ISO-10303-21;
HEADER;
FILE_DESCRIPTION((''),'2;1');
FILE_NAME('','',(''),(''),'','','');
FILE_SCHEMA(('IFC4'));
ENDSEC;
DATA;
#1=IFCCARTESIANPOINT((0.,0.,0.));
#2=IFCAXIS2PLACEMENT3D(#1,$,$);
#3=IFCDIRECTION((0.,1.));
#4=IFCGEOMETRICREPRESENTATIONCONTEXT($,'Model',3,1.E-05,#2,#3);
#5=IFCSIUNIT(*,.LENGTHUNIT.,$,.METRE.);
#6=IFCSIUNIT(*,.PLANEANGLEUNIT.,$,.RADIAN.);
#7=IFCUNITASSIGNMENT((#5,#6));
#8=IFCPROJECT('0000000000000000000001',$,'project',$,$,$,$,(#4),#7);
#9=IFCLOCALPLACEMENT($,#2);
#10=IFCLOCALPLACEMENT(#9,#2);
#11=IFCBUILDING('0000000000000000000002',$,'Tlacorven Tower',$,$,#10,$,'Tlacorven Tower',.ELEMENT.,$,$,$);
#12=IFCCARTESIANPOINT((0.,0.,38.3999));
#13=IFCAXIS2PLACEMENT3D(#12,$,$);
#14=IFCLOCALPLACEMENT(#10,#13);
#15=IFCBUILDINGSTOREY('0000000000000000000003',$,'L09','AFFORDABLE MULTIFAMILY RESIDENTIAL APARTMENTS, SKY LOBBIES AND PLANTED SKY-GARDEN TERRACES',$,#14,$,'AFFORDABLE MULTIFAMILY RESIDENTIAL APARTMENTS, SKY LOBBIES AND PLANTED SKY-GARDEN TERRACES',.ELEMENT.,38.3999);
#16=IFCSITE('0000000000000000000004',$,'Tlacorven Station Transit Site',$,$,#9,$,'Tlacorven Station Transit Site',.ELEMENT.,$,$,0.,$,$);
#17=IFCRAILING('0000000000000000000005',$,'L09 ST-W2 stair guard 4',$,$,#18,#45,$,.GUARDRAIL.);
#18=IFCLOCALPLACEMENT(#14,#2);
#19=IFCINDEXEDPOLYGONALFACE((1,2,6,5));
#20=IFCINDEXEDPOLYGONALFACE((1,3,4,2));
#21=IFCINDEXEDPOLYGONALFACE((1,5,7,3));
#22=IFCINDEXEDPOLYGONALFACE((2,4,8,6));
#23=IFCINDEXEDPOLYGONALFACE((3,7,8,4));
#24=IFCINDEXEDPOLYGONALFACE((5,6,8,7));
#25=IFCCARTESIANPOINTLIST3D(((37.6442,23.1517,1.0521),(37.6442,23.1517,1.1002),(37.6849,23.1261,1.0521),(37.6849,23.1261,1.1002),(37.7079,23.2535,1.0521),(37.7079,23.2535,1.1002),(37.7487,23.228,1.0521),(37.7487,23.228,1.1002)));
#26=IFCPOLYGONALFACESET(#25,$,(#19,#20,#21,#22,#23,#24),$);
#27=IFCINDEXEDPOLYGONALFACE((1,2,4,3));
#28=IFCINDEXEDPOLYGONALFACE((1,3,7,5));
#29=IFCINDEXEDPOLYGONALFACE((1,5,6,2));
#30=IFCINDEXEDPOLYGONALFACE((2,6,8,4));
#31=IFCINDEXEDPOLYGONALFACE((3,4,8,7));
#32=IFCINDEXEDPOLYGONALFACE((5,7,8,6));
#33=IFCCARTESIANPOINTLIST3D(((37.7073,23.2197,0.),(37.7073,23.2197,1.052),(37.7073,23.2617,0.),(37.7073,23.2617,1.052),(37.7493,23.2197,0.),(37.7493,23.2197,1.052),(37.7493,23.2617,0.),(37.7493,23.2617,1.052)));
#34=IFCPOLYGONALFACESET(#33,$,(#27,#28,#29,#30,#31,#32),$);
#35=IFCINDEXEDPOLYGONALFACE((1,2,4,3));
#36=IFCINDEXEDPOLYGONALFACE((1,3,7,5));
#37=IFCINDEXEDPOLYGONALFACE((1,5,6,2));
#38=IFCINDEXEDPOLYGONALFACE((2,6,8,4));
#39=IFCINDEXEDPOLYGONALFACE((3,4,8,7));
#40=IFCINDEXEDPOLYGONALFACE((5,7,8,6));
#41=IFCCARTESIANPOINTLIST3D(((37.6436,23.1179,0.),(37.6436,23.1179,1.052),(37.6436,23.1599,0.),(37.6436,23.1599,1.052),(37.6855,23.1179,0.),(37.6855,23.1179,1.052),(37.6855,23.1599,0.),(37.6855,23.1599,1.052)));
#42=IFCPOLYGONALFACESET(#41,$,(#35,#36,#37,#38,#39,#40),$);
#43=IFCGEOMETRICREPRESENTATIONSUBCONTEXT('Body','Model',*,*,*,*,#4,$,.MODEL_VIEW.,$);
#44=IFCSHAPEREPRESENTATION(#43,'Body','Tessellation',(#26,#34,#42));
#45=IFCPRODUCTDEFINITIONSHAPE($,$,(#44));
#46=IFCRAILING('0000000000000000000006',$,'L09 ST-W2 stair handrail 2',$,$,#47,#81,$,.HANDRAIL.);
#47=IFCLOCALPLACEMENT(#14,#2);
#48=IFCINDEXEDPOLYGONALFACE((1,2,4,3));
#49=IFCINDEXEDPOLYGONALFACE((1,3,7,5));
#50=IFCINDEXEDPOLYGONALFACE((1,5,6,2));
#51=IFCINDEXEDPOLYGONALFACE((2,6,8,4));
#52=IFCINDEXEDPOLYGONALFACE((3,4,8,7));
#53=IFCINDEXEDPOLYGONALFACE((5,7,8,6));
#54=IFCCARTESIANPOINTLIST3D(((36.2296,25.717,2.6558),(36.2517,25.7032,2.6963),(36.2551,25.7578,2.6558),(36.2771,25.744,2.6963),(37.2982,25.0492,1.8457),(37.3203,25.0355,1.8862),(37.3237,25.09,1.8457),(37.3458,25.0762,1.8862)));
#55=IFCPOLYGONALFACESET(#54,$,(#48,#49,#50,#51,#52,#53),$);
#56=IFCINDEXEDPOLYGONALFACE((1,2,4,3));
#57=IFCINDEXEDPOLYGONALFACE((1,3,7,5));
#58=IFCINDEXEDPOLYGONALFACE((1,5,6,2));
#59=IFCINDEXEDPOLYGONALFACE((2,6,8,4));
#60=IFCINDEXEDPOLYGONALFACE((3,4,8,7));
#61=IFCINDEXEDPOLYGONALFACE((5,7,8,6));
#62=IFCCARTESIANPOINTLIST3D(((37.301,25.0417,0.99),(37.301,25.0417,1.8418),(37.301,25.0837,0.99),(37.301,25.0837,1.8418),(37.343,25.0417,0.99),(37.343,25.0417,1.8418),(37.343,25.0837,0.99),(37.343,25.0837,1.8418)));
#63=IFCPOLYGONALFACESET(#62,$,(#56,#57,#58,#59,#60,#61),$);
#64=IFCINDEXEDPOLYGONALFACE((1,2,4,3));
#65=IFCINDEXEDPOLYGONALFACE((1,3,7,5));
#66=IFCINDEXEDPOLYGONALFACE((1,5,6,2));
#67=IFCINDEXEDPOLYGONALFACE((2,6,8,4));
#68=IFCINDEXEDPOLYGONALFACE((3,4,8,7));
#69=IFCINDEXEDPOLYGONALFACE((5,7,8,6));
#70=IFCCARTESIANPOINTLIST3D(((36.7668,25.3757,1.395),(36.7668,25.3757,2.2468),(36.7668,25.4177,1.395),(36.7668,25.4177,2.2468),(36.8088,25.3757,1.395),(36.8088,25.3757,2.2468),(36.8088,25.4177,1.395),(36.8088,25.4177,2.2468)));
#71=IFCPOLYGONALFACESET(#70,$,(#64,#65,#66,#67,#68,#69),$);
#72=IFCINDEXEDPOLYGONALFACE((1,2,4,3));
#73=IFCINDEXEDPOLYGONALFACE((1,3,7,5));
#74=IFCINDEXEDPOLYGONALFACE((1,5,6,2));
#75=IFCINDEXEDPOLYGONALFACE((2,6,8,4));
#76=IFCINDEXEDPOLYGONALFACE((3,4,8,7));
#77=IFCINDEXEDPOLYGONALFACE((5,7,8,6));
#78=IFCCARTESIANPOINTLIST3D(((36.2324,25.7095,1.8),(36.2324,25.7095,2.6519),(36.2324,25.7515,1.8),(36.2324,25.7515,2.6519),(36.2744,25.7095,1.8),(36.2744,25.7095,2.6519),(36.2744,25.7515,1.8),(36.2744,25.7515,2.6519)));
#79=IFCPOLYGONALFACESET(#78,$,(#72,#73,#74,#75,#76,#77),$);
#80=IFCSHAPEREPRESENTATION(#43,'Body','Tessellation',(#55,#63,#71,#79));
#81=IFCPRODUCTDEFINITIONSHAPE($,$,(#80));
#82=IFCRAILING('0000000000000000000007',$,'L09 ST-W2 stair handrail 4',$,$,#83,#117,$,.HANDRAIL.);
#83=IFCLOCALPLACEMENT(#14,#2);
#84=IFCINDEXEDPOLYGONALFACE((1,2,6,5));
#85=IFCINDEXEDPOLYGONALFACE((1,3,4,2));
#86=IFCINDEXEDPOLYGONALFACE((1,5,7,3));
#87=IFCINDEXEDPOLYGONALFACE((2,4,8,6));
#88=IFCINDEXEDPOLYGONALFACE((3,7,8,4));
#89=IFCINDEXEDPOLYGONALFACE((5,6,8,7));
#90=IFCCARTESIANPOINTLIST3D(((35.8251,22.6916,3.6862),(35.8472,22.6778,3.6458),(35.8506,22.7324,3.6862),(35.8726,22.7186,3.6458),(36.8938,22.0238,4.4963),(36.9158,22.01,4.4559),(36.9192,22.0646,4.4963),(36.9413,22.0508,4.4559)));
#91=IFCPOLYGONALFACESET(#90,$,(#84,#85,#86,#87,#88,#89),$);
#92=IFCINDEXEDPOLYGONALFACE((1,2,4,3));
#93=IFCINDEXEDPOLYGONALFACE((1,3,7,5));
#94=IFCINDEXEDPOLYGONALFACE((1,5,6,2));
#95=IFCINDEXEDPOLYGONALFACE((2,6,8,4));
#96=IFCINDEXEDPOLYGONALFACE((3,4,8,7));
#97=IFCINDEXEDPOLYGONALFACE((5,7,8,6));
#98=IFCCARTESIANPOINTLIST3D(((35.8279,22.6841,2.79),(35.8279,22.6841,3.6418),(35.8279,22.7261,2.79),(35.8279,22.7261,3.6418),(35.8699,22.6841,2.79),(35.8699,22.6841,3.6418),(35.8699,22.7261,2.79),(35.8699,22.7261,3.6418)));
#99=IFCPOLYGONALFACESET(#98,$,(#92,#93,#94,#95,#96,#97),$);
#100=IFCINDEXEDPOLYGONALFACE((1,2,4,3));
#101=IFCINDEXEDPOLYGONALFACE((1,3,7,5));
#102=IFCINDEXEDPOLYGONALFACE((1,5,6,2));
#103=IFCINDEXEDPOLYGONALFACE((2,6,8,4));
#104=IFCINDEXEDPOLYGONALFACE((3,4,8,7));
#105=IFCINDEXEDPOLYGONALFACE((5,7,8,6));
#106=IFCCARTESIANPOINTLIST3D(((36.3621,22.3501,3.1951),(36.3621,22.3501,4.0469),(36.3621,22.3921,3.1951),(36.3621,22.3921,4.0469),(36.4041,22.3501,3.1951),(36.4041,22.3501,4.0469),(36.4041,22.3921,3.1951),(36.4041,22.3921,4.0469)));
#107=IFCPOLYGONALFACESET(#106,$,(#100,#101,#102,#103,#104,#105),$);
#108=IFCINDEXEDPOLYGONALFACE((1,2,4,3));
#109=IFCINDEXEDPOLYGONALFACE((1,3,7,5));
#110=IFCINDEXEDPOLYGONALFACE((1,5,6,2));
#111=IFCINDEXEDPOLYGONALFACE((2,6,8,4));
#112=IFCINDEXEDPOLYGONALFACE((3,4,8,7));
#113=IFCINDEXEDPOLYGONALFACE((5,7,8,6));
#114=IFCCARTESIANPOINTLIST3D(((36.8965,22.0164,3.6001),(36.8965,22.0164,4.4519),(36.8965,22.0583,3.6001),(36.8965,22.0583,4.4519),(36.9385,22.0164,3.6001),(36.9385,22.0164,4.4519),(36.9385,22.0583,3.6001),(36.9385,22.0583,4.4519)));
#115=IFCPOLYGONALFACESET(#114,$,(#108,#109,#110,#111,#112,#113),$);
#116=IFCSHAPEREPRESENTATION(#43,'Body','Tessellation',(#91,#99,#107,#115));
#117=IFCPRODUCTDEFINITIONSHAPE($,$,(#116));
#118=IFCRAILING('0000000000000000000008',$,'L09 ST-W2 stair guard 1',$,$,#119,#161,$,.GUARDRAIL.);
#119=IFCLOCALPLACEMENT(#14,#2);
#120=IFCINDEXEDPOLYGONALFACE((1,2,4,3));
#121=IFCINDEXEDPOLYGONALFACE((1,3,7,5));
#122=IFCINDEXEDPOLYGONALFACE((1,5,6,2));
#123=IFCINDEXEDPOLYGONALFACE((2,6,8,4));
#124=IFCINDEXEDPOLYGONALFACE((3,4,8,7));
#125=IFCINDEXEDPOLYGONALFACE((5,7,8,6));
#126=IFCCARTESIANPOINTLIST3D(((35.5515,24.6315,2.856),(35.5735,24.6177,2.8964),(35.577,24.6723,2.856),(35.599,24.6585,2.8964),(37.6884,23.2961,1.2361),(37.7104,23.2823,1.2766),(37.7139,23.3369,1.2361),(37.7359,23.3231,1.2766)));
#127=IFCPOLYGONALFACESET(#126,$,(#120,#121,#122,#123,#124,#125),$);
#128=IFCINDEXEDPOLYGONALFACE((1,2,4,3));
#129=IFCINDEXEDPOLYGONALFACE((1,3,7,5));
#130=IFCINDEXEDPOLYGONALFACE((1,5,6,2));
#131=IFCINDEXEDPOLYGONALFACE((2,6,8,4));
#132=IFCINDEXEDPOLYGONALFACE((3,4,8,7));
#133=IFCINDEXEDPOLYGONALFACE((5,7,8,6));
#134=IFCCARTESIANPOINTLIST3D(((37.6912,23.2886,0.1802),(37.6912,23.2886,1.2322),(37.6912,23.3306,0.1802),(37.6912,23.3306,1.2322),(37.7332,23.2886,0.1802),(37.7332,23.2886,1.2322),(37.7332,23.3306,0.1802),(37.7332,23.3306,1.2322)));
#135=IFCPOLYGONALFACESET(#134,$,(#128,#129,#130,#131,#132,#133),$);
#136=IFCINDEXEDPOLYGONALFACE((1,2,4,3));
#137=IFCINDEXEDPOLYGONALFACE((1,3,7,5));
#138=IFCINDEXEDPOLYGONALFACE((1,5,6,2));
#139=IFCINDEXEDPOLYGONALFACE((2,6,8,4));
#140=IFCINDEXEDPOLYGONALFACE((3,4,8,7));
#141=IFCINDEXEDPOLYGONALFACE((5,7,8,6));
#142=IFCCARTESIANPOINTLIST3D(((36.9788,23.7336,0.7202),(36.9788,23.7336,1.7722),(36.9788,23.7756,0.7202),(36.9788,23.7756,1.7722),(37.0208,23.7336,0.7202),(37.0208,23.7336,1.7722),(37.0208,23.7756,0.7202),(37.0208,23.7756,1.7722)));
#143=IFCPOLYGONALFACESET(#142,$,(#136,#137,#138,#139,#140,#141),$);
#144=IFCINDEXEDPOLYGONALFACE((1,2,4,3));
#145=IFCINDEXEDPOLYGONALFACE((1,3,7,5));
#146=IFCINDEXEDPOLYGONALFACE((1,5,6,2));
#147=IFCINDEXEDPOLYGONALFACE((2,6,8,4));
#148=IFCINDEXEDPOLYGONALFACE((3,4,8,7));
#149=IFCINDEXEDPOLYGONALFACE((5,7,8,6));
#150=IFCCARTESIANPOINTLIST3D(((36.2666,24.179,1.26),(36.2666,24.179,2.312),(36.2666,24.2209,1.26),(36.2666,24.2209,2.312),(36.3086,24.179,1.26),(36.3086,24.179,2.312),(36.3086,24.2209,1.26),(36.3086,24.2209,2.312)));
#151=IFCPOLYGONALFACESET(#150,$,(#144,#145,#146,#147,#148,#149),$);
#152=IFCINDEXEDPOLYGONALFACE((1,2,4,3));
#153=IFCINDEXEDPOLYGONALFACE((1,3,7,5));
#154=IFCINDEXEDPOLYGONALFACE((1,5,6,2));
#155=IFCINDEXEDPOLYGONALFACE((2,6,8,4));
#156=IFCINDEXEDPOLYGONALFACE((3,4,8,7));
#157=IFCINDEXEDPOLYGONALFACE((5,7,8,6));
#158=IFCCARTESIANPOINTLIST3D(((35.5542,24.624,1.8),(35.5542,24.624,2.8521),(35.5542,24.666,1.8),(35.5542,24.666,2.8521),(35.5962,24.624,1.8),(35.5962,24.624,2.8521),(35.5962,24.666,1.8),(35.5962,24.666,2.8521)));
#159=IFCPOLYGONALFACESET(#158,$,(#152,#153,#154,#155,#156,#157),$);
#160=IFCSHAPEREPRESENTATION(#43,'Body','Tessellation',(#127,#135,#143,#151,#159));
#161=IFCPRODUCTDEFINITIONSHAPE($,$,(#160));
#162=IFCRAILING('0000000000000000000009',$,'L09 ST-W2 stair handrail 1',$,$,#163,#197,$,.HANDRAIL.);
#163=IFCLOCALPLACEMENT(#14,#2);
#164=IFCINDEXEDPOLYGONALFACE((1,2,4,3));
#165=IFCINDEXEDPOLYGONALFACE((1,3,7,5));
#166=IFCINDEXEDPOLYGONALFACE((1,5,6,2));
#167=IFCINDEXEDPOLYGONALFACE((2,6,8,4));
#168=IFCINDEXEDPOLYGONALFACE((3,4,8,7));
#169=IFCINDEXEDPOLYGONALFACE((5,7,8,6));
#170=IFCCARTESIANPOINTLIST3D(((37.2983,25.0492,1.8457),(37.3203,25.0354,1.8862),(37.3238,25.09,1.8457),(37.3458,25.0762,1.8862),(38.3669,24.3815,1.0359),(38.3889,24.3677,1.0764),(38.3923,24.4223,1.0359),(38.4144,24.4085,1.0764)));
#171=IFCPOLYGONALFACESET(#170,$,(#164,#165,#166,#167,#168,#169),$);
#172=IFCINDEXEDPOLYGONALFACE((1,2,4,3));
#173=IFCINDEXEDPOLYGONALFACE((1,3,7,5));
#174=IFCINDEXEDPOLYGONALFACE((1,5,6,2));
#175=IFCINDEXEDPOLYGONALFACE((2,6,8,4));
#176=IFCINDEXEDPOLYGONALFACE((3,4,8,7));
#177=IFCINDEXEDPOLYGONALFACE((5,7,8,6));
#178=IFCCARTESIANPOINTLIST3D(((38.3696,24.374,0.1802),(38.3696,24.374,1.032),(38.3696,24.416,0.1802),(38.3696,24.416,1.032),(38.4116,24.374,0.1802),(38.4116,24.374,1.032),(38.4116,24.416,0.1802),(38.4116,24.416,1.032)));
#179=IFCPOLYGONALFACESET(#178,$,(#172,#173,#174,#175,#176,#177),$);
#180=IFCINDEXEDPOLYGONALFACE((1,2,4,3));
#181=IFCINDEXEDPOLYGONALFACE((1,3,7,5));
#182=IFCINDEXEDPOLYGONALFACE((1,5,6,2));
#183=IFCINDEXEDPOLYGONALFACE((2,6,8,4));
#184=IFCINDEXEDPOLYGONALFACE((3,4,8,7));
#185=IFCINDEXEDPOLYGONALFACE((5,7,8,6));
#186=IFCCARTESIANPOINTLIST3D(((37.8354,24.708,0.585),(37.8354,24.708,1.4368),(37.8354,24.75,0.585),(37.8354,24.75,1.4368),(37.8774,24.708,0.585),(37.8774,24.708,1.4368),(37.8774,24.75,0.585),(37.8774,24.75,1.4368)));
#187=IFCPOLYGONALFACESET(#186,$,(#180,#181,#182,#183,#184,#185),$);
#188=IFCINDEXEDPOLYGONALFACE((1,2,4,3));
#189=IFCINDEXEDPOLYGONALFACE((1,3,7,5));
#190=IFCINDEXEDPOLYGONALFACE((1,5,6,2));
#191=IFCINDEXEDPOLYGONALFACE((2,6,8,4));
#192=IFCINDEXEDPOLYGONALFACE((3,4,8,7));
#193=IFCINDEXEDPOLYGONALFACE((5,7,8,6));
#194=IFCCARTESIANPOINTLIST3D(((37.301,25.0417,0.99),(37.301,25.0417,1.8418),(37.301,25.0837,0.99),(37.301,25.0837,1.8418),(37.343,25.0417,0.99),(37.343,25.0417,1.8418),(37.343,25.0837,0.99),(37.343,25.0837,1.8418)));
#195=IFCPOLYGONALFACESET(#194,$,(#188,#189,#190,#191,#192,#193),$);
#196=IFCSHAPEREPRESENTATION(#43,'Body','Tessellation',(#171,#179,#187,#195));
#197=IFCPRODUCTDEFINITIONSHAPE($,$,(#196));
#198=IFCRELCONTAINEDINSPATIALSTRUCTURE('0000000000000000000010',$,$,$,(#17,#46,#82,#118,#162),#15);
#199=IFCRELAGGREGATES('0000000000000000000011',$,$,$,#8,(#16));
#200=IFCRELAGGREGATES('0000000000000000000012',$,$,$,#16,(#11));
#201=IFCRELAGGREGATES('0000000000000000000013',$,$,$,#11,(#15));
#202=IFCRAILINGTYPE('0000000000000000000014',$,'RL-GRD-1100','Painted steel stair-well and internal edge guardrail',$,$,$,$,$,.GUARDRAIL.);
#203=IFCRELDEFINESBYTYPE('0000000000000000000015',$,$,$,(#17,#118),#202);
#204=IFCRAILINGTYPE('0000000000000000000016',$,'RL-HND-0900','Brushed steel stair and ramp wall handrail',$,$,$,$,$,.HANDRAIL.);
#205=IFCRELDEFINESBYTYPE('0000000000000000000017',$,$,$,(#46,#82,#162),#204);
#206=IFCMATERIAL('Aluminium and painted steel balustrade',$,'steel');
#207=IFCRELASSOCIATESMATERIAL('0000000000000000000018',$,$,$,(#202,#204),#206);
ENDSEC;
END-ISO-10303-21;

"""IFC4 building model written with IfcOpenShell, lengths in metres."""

from ifc_helpers import new_model, si_unit, direction, frame, origin, origin_2d, place, context, subcontext, project, spatial, rectangle, extrude, source, transform, mapped, material, type_object, element, save


model = new_model("IFC4")

# Units and contexts
model_context = context("Model", 3, precision=1e-05, world=origin(), true_north=direction((0.0, 1.0)))
body_context = subcontext(model_context, "Body", "Model", "MODEL_VIEW")
ifc_project = project(units=[si_unit("LENGTHUNIT", "METRE"), si_unit("PLANEANGLEUNIT", "RADIAN")], contexts=[model_context])

# Site, building, storey
site_placement = place(None, origin())
site = spatial("IfcSite", under=ifc_project, at=site_placement, Name="Tlacorven Station Transit Site", LongName="Tlacorven Station Transit Site", CompositionType="ELEMENT", RefElevation=0.0)
building_placement = place(site_placement, origin())
building = spatial("IfcBuilding", under=site, at=building_placement, Name="Tlacorven Tower", LongName="Tlacorven Tower", CompositionType="ELEMENT")
storey_placement = place(building_placement, frame((0.0, 0.0, 38.3999)))
storey = spatial("IfcBuildingStorey", under=building, at=storey_placement, Name="L09", Description="AFFORDABLE MULTIFAMILY RESIDENTIAL APARTMENTS, SKY LOBBIES AND PLANTED SKY-GARDEN TERRACES", LongName="AFFORDABLE MULTIFAMILY RESIDENTIAL APARTMENTS, SKY LOBBIES AND PLANTED SKY-GARDEN TERRACES", CompositionType="ELEMENT", Elevation=38.3999)

# Railings
ifc_material_1 = material(Name="Aluminium and painted steel balustrade", Category="steel")
railing_type_1 = type_object("IfcRailingType", Name="RL-GRD-1100", Description="Painted steel stair-well and internal edge guardrail", PredefinedType="GUARDRAIL", material=ifc_material_1)
shared_shape_1 = source(origin(), body_context, "Body", "SweptSolid", [
    extrude(rectangle(XDim=0.0481, YDim=0.0481, at=origin_2d()), frame((0.0, 0.0, 1.0762), z_axis=(-0.530547, -0.847656, 0.0), x_axis=(0.847656, -0.530547, 0.0)), (0.0, 0.0, 1.0), 0.1201),
    extrude(rectangle(XDim=0.042, YDim=0.042, at=origin_2d()), origin(), (0.0, 0.0, 1.0), 1.052),
    extrude(rectangle(XDim=0.042, YDim=0.042, at=origin_2d()), frame((-0.0637, -0.1018, 0.0)), (0.0, 0.0, 1.0), 1.052),
])
railing_1_placement = place(storey_placement, frame((37.7283, 23.2407, 0.0)))
element("IfcRailing", 1, at=railing_1_placement, inside=storey, type_object=railing_type_1, Name="L09 ST-W2 stair guard 4", PredefinedType="GUARDRAIL", context=body_context, shape_type="MappedRepresentation", body=[
    mapped(shared_shape_1, transform((0.0, 0.0, 0.0), scale=1.0)),
])
railing_type_2 = type_object("IfcRailingType", Name="RL-HND-0900", Description="Brushed steel stair and ramp wall handrail", PredefinedType="HANDRAIL", material=ifc_material_1)
shared_shape_2 = source(origin(), body_context, "Body", "SweptSolid", [
    extrude(rectangle(XDim=0.0481, YDim=0.0481, at=origin_2d()), frame((0.0, 0.0, 0.876), z_axis=(-0.71336, 0.445748, 0.540765), x_axis=(-0.529912, -0.848053, 0.0)), (0.0, 0.0, 1.0), 1.498),
    extrude(rectangle(XDim=0.042, YDim=0.042, at=origin_2d()), origin(), (0.0, 0.0, 1.0), 0.8518),
    extrude(rectangle(XDim=0.042, YDim=0.042, at=origin_2d()), frame((-0.5342, 0.334, 0.405)), (0.0, 0.0, 1.0), 0.8518),
    extrude(rectangle(XDim=0.042, YDim=0.042, at=origin_2d()), frame((-1.0686, 0.6677, 0.8101)), (0.0, 0.0, 1.0), 0.8518),
])
railing_2_placement = place(storey_placement, frame((37.322, 25.0627, 0.99)))
element("IfcRailing", 2, at=railing_2_placement, inside=storey, type_object=railing_type_2, Name="L09 ST-W2 stair handrail 2", PredefinedType="HANDRAIL", context=body_context, shape_type="MappedRepresentation", body=[
    mapped(shared_shape_2, transform((0.0, 0.0, 0.0), scale=1.0)),
])
shared_shape_3 = source(origin(), body_context, "Body", "SweptSolid", [
    extrude(rectangle(XDim=0.0481, YDim=0.0481, at=origin_2d()), frame((0.0, 0.0, 0.876), z_axis=(0.71336, -0.445748, 0.540765), x_axis=(0.529912, 0.848053, 0.0)), (0.0, 0.0, 1.0), 1.498),
    extrude(rectangle(XDim=0.042, YDim=0.042, at=origin_2d()), origin(), (0.0, 0.0, 1.0), 0.8518),
    extrude(rectangle(XDim=0.042, YDim=0.042, at=origin_2d()), frame((0.5342, -0.334, 0.405)), (0.0, 0.0, 1.0), 0.8518),
    extrude(rectangle(XDim=0.042, YDim=0.042, at=origin_2d()), frame((1.0686, -0.6677, 0.8101)), (0.0, 0.0, 1.0), 0.8518),
])
railing_3_placement = place(storey_placement, frame((35.8489, 22.7051, 2.79)))
element("IfcRailing", 3, at=railing_3_placement, inside=storey, type_object=railing_type_2, Name="L09 ST-W2 stair handrail 4", PredefinedType="HANDRAIL", context=body_context, shape_type="MappedRepresentation", body=[
    mapped(shared_shape_3, transform((0.0, 0.0, 0.0), scale=1.0)),
])
shared_shape_4 = source(origin(), body_context, "Body", "SweptSolid", [
    extrude(rectangle(XDim=0.0481, YDim=0.0481, at=origin_2d()), frame((0.0, 0.0, 1.0762), z_axis=(-0.713351, 0.445794, 0.540739), x_axis=(-0.529955, -0.848026, 0.0)), (0.0, 0.0, 1.0), 2.9956),
    extrude(rectangle(XDim=0.042, YDim=0.042, at=origin_2d()), origin(), (0.0, 0.0, 1.0), 1.052),
    extrude(rectangle(XDim=0.042, YDim=0.042, at=origin_2d()), frame((-0.7124, 0.4451, 0.54)), (0.0, 0.0, 1.0), 1.052),
    extrude(rectangle(XDim=0.042, YDim=0.042, at=origin_2d()), frame((-1.4246, 0.8904, 1.0798)), (0.0, 0.0, 1.0), 1.052),
    extrude(rectangle(XDim=0.042, YDim=0.042, at=origin_2d()), frame((-2.137, 1.3354, 1.6199)), (0.0, 0.0, 1.0), 1.052),
])
railing_4_placement = place(storey_placement, frame((37.7122, 23.3096, 0.1802)))
element("IfcRailing", 4, at=railing_4_placement, inside=storey, type_object=railing_type_1, Name="L09 ST-W2 stair guard 1", PredefinedType="GUARDRAIL", context=body_context, shape_type="MappedRepresentation", body=[
    mapped(shared_shape_4, transform((0.0, 0.0, 0.0), scale=1.0)),
])
shared_shape_5 = source(origin(), body_context, "Body", "SweptSolid", [
    extrude(rectangle(XDim=0.0481, YDim=0.0481, at=origin_2d()), frame((0.0, 0.0, 0.876), z_axis=(-0.713423, 0.445787, 0.540649), x_axis=(-0.529912, -0.848053, 0.0)), (0.0, 0.0, 1.0), 1.4978),
    extrude(rectangle(XDim=0.042, YDim=0.042, at=origin_2d()), origin(), (0.0, 0.0, 1.0), 0.8518),
    extrude(rectangle(XDim=0.042, YDim=0.042, at=origin_2d()), frame((-0.5342, 0.334, 0.4048)), (0.0, 0.0, 1.0), 0.8518),
    extrude(rectangle(XDim=0.042, YDim=0.042, at=origin_2d()), frame((-1.0686, 0.6677, 0.8098)), (0.0, 0.0, 1.0), 0.8518),
])
railing_5_placement = place(storey_placement, frame((38.3906, 24.395, 0.1802)))
element("IfcRailing", 5, at=railing_5_placement, inside=storey, type_object=railing_type_2, Name="L09 ST-W2 stair handrail 1", PredefinedType="HANDRAIL", context=body_context, shape_type="MappedRepresentation", body=[
    mapped(shared_shape_5, transform((0.0, 0.0, 0.0), scale=1.0)),
])

save(model, "model.ifc")
